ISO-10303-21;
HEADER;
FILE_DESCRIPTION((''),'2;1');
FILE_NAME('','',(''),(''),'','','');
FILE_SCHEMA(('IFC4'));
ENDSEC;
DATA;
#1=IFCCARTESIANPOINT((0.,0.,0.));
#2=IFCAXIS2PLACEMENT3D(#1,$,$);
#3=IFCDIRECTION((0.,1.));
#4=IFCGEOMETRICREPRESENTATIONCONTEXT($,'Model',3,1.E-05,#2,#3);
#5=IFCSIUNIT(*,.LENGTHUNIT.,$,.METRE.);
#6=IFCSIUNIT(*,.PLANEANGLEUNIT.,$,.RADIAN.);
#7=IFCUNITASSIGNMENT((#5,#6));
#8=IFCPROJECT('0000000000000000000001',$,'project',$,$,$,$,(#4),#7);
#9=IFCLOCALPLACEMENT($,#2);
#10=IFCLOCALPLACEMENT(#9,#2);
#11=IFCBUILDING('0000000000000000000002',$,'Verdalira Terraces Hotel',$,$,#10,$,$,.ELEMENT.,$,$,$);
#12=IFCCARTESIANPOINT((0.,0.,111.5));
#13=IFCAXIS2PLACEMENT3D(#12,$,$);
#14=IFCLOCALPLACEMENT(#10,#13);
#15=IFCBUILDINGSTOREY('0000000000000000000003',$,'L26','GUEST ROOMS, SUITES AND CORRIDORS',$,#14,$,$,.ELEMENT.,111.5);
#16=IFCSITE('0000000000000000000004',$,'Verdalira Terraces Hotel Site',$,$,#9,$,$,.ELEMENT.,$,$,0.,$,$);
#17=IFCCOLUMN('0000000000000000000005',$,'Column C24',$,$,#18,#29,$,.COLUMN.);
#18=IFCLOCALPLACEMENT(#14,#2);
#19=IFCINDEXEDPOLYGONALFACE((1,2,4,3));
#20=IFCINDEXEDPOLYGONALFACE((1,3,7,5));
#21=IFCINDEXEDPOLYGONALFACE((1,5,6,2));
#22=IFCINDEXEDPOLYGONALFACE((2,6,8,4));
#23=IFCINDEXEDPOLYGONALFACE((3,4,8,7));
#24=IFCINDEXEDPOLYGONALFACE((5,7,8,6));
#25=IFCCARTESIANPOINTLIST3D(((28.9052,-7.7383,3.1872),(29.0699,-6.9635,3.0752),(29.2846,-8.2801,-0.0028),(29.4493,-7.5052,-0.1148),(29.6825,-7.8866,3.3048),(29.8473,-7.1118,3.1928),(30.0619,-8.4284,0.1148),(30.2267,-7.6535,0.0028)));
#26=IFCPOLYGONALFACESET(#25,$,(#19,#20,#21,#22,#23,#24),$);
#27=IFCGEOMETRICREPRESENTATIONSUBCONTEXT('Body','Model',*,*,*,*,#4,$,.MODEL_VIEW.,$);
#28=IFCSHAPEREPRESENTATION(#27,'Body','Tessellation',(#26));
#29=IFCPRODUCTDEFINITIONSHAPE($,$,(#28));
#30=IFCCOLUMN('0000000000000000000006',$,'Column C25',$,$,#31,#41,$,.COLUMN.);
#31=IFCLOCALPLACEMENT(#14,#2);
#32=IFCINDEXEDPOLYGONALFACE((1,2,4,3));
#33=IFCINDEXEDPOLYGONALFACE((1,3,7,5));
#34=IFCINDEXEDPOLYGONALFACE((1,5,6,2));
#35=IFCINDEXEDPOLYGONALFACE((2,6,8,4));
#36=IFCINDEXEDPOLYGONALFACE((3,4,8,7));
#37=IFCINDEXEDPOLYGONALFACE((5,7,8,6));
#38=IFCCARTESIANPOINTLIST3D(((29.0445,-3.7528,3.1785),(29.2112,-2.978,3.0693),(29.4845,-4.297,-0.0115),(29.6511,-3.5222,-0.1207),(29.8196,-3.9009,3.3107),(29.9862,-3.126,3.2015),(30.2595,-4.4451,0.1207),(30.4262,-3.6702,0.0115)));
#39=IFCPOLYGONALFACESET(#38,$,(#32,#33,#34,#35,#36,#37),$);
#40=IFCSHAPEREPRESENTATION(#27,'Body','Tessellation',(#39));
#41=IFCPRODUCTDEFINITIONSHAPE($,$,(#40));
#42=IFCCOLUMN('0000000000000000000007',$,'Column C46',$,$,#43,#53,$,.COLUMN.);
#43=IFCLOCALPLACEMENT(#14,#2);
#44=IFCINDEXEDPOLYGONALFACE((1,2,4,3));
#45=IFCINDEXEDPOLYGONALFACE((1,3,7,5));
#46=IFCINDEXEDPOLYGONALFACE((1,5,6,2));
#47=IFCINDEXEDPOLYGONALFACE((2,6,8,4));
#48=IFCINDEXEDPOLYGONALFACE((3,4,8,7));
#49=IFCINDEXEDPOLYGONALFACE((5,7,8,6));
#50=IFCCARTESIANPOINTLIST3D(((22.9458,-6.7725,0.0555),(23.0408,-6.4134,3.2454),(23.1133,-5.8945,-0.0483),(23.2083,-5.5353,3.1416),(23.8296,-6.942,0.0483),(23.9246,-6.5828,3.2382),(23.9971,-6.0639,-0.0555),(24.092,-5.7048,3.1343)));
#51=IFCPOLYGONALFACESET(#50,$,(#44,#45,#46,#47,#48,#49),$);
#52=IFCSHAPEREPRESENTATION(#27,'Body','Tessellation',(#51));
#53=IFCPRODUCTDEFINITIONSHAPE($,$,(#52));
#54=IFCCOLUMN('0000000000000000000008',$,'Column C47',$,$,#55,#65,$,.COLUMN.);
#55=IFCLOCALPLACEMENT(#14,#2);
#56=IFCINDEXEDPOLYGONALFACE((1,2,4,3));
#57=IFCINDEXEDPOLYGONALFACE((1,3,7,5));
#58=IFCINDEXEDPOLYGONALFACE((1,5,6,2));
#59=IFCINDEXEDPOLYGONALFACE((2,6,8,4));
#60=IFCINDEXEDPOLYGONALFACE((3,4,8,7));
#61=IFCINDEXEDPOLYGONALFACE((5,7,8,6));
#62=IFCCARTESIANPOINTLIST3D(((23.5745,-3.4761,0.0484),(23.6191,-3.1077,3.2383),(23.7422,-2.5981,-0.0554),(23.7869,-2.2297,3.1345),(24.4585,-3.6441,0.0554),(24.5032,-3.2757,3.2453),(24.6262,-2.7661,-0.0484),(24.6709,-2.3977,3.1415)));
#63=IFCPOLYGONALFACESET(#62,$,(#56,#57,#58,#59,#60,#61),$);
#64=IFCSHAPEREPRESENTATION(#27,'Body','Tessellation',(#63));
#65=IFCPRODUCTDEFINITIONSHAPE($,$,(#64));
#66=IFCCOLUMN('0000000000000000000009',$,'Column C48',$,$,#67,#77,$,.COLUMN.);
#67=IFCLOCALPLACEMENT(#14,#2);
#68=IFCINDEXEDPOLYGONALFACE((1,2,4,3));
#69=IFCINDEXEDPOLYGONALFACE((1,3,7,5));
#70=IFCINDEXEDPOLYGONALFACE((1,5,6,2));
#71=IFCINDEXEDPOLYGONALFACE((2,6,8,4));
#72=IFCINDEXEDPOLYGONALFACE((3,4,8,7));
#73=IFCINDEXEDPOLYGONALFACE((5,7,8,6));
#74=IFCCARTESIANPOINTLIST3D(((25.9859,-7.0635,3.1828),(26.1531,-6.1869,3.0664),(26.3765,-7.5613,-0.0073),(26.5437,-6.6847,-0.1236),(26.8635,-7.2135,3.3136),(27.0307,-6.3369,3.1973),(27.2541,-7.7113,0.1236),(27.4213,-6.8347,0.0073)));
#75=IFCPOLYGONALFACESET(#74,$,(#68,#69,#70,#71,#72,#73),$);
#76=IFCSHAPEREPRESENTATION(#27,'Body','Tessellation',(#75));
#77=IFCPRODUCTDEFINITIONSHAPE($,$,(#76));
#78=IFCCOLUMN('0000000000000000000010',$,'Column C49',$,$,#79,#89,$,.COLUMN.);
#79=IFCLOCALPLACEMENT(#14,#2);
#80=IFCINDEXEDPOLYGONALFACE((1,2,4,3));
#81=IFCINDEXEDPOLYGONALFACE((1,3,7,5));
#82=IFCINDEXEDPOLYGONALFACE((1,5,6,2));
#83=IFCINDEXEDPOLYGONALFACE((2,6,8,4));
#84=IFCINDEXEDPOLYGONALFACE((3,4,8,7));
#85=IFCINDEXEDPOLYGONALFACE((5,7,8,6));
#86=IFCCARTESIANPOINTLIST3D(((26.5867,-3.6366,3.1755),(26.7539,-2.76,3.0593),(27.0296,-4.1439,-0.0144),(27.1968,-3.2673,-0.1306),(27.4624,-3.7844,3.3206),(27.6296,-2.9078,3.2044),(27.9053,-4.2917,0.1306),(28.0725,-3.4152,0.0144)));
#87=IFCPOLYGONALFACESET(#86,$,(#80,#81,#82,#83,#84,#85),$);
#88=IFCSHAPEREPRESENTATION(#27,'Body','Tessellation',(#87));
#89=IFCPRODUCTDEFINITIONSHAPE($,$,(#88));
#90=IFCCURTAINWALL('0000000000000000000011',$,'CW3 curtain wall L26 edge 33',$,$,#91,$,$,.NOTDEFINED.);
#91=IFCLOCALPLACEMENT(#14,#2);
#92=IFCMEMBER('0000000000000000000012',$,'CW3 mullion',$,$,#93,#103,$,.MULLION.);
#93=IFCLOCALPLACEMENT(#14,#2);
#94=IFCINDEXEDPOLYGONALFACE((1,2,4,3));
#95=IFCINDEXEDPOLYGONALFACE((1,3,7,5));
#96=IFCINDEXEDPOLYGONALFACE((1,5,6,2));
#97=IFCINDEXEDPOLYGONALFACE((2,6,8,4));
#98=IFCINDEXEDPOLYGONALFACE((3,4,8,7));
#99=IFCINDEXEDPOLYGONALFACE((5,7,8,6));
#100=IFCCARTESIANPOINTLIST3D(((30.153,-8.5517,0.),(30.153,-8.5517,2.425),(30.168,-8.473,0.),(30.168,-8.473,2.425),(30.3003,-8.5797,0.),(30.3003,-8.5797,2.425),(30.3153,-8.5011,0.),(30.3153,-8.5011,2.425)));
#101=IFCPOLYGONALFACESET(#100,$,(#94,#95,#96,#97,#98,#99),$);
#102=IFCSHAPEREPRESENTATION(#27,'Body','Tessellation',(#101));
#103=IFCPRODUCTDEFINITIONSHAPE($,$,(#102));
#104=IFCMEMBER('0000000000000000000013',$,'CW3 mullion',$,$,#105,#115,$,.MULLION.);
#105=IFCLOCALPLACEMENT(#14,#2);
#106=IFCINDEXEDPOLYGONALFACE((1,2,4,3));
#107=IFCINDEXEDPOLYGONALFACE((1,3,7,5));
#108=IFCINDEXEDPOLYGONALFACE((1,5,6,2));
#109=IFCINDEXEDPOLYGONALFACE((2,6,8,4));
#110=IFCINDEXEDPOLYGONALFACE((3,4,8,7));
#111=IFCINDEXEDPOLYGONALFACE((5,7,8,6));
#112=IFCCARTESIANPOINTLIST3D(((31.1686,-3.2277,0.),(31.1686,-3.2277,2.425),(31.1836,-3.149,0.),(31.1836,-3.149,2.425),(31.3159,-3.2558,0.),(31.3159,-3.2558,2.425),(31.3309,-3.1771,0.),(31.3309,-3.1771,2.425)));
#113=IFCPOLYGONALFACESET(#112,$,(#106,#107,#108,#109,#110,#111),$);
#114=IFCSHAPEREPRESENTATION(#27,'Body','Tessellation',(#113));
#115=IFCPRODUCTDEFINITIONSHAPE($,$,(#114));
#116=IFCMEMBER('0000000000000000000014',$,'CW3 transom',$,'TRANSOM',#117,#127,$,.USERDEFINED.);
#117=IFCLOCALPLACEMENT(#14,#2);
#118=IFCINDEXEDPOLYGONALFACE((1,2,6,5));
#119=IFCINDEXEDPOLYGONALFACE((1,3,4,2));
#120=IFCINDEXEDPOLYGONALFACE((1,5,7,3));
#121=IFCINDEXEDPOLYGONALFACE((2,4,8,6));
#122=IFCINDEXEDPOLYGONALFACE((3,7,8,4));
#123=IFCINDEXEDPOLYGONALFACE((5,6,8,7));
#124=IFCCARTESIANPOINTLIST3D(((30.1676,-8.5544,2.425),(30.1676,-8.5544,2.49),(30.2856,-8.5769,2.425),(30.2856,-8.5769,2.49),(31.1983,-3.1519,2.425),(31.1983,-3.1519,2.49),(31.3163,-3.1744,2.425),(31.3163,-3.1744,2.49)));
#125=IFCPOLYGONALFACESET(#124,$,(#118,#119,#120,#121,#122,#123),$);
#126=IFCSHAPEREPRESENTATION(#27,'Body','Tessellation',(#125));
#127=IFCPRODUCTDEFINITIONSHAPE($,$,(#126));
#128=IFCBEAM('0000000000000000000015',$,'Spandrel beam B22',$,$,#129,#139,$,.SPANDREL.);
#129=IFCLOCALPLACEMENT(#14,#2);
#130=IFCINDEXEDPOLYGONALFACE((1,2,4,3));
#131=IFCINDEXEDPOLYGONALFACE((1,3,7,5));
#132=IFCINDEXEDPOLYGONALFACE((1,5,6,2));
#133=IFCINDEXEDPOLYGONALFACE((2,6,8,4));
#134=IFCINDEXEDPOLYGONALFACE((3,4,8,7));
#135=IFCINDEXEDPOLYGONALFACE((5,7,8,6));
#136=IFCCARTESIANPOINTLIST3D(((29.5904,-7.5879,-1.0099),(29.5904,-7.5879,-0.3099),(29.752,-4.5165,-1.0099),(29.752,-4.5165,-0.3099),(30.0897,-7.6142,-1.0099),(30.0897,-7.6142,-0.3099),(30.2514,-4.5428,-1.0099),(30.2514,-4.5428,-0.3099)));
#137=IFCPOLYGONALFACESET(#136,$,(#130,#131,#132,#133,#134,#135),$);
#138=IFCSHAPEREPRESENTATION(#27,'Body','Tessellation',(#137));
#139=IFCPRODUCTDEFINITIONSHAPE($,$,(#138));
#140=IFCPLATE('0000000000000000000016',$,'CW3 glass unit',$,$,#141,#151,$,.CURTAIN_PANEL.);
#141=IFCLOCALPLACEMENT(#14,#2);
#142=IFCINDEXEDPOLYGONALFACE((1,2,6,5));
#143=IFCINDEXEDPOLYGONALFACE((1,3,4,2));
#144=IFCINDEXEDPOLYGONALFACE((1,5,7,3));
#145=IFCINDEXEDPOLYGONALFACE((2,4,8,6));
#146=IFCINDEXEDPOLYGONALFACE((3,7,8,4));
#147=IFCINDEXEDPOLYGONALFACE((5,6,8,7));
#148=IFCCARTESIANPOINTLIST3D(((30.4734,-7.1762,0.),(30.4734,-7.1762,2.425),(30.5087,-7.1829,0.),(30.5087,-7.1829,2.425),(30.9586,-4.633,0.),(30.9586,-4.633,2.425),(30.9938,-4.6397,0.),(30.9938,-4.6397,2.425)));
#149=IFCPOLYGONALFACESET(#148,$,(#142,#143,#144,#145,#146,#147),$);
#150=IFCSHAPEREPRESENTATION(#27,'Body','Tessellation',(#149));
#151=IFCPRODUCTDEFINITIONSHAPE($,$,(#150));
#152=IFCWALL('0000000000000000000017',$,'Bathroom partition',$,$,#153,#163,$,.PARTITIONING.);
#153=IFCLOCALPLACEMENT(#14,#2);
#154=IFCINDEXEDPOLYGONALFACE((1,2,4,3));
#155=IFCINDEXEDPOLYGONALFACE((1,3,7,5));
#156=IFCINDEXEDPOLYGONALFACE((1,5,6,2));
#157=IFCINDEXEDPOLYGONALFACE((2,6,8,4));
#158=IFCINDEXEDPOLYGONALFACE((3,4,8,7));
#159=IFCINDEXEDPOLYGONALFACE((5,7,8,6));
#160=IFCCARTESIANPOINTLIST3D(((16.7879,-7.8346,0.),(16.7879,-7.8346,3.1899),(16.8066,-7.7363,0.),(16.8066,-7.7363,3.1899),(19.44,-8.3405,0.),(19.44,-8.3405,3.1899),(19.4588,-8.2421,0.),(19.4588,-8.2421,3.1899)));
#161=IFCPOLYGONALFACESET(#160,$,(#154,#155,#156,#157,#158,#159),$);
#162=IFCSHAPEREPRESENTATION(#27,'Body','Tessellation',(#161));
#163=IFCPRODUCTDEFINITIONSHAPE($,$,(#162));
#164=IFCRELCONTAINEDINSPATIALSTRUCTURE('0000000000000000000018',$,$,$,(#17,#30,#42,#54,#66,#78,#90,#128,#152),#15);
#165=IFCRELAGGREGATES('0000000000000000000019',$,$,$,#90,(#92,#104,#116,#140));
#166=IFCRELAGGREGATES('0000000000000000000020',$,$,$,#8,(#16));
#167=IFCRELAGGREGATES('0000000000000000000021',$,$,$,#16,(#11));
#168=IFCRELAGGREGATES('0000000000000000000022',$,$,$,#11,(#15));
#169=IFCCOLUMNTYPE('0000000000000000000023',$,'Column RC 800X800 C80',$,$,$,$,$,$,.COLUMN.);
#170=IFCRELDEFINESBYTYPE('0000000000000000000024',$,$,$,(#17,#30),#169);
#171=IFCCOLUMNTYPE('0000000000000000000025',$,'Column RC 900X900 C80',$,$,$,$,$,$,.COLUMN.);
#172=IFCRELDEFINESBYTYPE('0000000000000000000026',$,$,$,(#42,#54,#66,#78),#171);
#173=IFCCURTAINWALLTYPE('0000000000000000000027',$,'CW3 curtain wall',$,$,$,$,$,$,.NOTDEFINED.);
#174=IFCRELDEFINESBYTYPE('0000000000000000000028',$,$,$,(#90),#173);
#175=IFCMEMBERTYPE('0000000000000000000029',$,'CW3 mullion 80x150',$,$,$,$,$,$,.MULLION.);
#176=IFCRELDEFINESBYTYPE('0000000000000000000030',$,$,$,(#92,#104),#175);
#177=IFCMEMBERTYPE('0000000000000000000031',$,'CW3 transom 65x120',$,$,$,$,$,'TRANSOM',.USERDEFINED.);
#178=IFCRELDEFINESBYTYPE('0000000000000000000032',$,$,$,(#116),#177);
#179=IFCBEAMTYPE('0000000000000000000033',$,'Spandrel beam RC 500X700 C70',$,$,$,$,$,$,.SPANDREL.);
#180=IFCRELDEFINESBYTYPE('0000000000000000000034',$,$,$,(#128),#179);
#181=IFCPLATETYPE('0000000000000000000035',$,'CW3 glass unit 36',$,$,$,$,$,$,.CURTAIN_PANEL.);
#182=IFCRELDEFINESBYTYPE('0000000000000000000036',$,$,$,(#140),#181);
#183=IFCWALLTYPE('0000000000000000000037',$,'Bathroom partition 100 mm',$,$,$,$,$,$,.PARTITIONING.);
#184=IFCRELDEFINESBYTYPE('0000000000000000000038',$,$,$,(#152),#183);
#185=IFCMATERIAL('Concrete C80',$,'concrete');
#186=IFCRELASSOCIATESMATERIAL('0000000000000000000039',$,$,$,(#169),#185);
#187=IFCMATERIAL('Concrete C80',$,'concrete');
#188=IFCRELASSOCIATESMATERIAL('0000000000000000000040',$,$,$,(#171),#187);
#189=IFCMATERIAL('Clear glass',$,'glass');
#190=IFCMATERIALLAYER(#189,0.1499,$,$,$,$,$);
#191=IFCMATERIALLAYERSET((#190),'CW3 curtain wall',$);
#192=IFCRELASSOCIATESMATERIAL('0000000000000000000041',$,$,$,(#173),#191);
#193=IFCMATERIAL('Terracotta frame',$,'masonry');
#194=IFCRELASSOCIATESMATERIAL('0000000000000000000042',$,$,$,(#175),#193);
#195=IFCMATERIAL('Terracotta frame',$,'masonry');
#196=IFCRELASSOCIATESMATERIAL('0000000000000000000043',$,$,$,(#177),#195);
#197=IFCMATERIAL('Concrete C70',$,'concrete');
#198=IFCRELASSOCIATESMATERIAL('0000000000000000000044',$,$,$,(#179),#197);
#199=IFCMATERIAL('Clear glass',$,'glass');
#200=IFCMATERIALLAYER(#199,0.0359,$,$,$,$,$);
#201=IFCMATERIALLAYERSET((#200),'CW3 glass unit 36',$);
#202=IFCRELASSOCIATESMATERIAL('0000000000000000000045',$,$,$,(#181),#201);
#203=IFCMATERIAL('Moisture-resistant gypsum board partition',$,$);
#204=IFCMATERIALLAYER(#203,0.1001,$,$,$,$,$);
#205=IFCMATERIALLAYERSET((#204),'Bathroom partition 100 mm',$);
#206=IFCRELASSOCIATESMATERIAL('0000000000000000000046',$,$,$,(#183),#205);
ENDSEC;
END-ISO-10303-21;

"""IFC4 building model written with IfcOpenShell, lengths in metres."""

from ifc_helpers import new_model, si_unit, direction, frame, frame_2d, origin, origin_2d, place, context, subcontext, project, spatial, rectangle, extrude, material, layer, layer_set, material_profile, profile_set, type_object, element, aggregate, save


model = new_model("IFC4")

# Units and contexts
model_context = context("Model", 3, precision=1e-05, world=origin(), true_north=direction((0.0, 1.0)))
body_context = subcontext(model_context, "Body", "Model", "MODEL_VIEW")
ifc_project = project(units=[si_unit("LENGTHUNIT", "METRE"), si_unit("PLANEANGLEUNIT", "RADIAN")], contexts=[model_context])

# Site, building, storey
site_placement = place(None, origin())
site = spatial("IfcSite", under=ifc_project, at=site_placement, Name="Verdalira Terraces Hotel Site", CompositionType="ELEMENT", RefElevation=0.0)
building_placement = place(site_placement, origin())
building = spatial("IfcBuilding", under=site, at=building_placement, Name="Verdalira Terraces Hotel", CompositionType="ELEMENT")
storey_placement = place(building_placement, frame((0.0, 0.0, 111.5)))
storey = spatial("IfcBuildingStorey", under=building, at=storey_placement, Name="L26", Description="GUEST ROOMS, SUITES AND CORRIDORS", CompositionType="ELEMENT", Elevation=111.5)

# Columns
ifc_material_1 = material(Name="Concrete C80", Category="concrete")
ifc_material_profile_1 = material_profile(ifc_material_1, rectangle(XDim=0.8, YDim=0.8, at=origin_2d()), Name="RC 800X800")
ifc_profile_set_1 = profile_set([ifc_material_profile_1], Name="Concrete C80")
column_type_1 = type_object("IfcColumnType", Name="Column RC 800X800 C80", PredefinedType="COLUMN", material=ifc_profile_set_1)
column_1_placement = place(storey_placement, frame((29.7556, -7.9668, 0.0), z_axis=(-0.116458, 0.166293, 0.979175), x_axis=(0.205923, 0.968503, -0.13999)))
element("IfcColumn", 1, at=column_1_placement, inside=storey, type_object=column_type_1, Name="Column C24", PredefinedType="COLUMN", context=body_context, shape_type="SweptSolid", body=[
    extrude(rectangle(XDim=0.8, YDim=0.8, at=origin_2d()), origin(), (0.0, 0.0, 1.0), 3.2578),
])
column_2_placement = place(storey_placement, frame((29.9553, -3.9836, 0.0), z_axis=(-0.134712, 0.166633, 0.976773), x_axis=(0.20828, 0.968498, -0.136496)))
element("IfcColumn", 2, at=column_2_placement, inside=storey, type_object=column_type_1, Name="Column C25", PredefinedType="COLUMN", context=body_context, shape_type="SweptSolid", body=[
    extrude(rectangle(XDim=0.8, YDim=0.8, at=origin_2d()), origin(), (0.0, 0.0, 1.0), 3.2659),
])
ifc_material_2 = material(Name="Concrete C80", Category="concrete")
ifc_material_profile_2 = material_profile(ifc_material_2, rectangle(XDim=0.8999, YDim=0.8999, at=origin_2d()), Name="RC 900X900")
ifc_profile_set_2 = profile_set([ifc_material_profile_2], Name="Concrete C80")
column_type_2 = type_object("IfcColumnType", Name="Column RC 900X900 C80", PredefinedType="COLUMN", material=ifc_profile_set_2)
for number, where, z_axis, x_axis, name in (
    (3, (23.4714, -6.4182, 0.0), (0.029572, 0.111827, 0.993288), (0.982083, -0.188276, -0.008042), "Column C46"),
    (4, (24.1003, -3.1211, 0.0), (0.013912, 0.114717, 0.993301), (0.982377, -0.186747, 0.007809), "Column C47"),
):
    element("IfcColumn", number, at=place(storey_placement, frame(where, z_axis=z_axis, x_axis=x_axis)), inside=storey, type_object=column_type_2, Name=name, PredefinedType="COLUMN", context=body_context, shape_type="SweptSolid", body=[
        extrude(rectangle(XDim=0.8999, YDim=0.8999, at=origin_2d()), origin(), (0.0, 0.0, 1.0), 3.2114),
    ])
column_3_placement = place(storey_placement, frame((26.8989, -7.198, 0.0), z_axis=(-0.120115, 0.153071, 0.980888), x_axis=(0.975225, -0.166691, 0.145434)))
element("IfcColumn", 5, at=column_3_placement, inside=storey, type_object=column_type_2, Name="Column C48", PredefinedType="COLUMN", context=body_context, shape_type="SweptSolid", body=[
    extrude(rectangle(XDim=0.8999, YDim=0.8999, at=origin_2d()), origin(), (0.0, 0.0, 1.0), 3.2522),
])
column_4_placement = place(storey_placement, frame((27.551, -3.7795, 0.0), z_axis=(-0.13584, 0.155609, 0.978434), x_axis=(0.973151, -0.164261, 0.16123)))
element("IfcColumn", 6, at=column_4_placement, inside=storey, type_object=column_type_2, Name="Column C49", PredefinedType="COLUMN", context=body_context, shape_type="SweptSolid", body=[
    extrude(rectangle(XDim=0.8999, YDim=0.8999, at=origin_2d()), origin(), (0.0, 0.0, 1.0), 3.2603),
])

# Curtain wall, members
ifc_material_3 = material(Name="Clear glass", Category="glass")
ifc_layer_1 = layer(ifc_material_3, 0.1499)
ifc_layer_set_1 = layer_set([ifc_layer_1], Name="CW3 curtain wall")
curtain_wall_type = type_object("IfcCurtainWallType", Name="CW3 curtain wall", PredefinedType="NOTDEFINED", material=ifc_layer_set_1)
curtain_wall_placement = place(storey_placement, origin())
curtain_wall = element("IfcCurtainWall", 7, at=curtain_wall_placement, inside=storey, type_object=curtain_wall_type, Name="CW3 curtain wall L26 edge 33", PredefinedType="NOTDEFINED")
ifc_material_4 = material(Name="Terracotta frame", Category="masonry")
ifc_material_profile_3 = material_profile(ifc_material_4, rectangle(XDim=0.0801, YDim=0.1499, at=origin_2d()), Name="MU 80x150")
ifc_profile_set_3 = profile_set([ifc_material_profile_3], Name="Terracotta frame")
member_type_1 = type_object("IfcMemberType", Name="CW3 mullion 80x150", PredefinedType="MULLION", material=ifc_profile_set_3)
member_1_placement = place(storey_placement, frame((30.2341, -8.5264, 0.0), z_axis=(0.0, 0.0, 1.0), x_axis=(0.187381, 0.982287, 0.0)))
member_1 = element("IfcMember", 8, at=member_1_placement, type_object=member_type_1, Name="CW3 mullion", PredefinedType="MULLION", context=body_context, shape_type="SweptSolid", body=[
    extrude(rectangle(XDim=0.0801, YDim=0.1499, at=origin_2d()), origin(), (0.0, 0.0, 1.0), 2.425),
])
member_2_placement = place(storey_placement, frame((31.2498, -3.2024, 0.0), z_axis=(0.0, 0.0, 1.0), x_axis=(0.187381, 0.982287, 0.0)))
member_2 = element("IfcMember", 9, at=member_2_placement, type_object=member_type_1, Name="CW3 mullion", PredefinedType="MULLION", context=body_context, shape_type="SweptSolid", body=[
    extrude(rectangle(XDim=0.0801, YDim=0.1499, at=origin_2d()), origin(), (0.0, 0.0, 1.0), 2.425),
])
ifc_material_5 = material(Name="Terracotta frame", Category="masonry")
ifc_material_profile_4 = material_profile(ifc_material_5, rectangle(XDim=0.1201, YDim=0.0649, at=origin_2d()), Name="TR 65x120")
ifc_profile_set_4 = profile_set([ifc_material_profile_4], Name="Terracotta frame")
member_type_2 = type_object("IfcMemberType", Name="CW3 transom 65x120", ElementType="TRANSOM", PredefinedType="USERDEFINED", material=ifc_profile_set_4)
member_3_placement = place(storey_placement, frame((30.2266, -8.5657, 2.4575), z_axis=(0.18741, 0.982282, 0.0), x_axis=(-0.982282, 0.18741, 0.0)))
member_3 = element("IfcMember", 10, at=member_3_placement, type_object=member_type_2, Name="CW3 transom", ObjectType="TRANSOM", PredefinedType="USERDEFINED", context=body_context, shape_type="SweptSolid", body=[
    extrude(rectangle(XDim=0.1201, YDim=0.0649, at=origin_2d()), origin(), (0.0, 0.0, 1.0), 5.5),
])

# Beam
ifc_material_6 = material(Name="Concrete C70", Category="concrete")
ifc_material_profile_5 = material_profile(ifc_material_6, rectangle(XDim=0.5, YDim=0.7, at=origin_2d()), Name="RC 500X700")
ifc_profile_set_5 = profile_set([ifc_material_profile_5], Name="Concrete C70")
beam_type = type_object("IfcBeamType", Name="Spandrel beam RC 500X700 C70", PredefinedType="SPANDREL", material=ifc_profile_set_5)
beam_placement = place(storey_placement, frame((29.8401, -7.6011, -0.6599), z_axis=(0.052546, 0.998618, 0.0), x_axis=(-0.998618, 0.052546, 0.0)))
element("IfcBeam", 11, at=beam_placement, inside=storey, type_object=beam_type, Name="Spandrel beam B22", PredefinedType="SPANDREL", context=body_context, shape_type="SweptSolid", body=[
    extrude(rectangle(XDim=0.5, YDim=0.7, at=origin_2d()), origin(), (0.0, 0.0, 1.0), 3.0757),
])

# Plate
ifc_material_7 = material(Name="Clear glass", Category="glass")
ifc_layer_2 = layer(ifc_material_7, 0.0359)
ifc_layer_set_2 = layer_set([ifc_layer_2], Name="CW3 glass unit 36")
plate_type = type_object("IfcPlateType", Name="CW3 glass unit 36", PredefinedType="CURTAIN_PANEL", material=ifc_layer_set_2)
plate_placement = place(storey_placement, frame((30.7336, -5.908, 0.0), z_axis=(0.0, 0.0, 1.0), x_axis=(0.187381, 0.982287, 0.0)))
plate = element("IfcPlate", 12, at=plate_placement, type_object=plate_type, Name="CW3 glass unit", PredefinedType="CURTAIN_PANEL", context=body_context, shape_type="SweptSolid", body=[
    extrude(rectangle(XDim=2.5891, YDim=0.0359, at=origin_2d()), origin(), (0.0, 0.0, 1.0), 2.425),
])
aggregate(curtain_wall, [member_1, member_2, member_3, plate])

# Wall
ifc_material_8 = material(Name="Moisture-resistant gypsum board partition")
ifc_layer_3 = layer(ifc_material_8, 0.1001)
ifc_layer_set_3 = layer_set([ifc_layer_3], Name="Bathroom partition 100 mm")
wall_type_1 = type_object("IfcWallType", Name="Bathroom partition 100 mm", PredefinedType="PARTITIONING", material=ifc_layer_set_3)
wall_1_placement = place(storey_placement, frame((16.7971, -7.7854, 0.0), z_axis=(0.0, 0.0, 1.0), x_axis=(0.982291, -0.187361, 0.0)))
element("IfcWall", 13, at=wall_1_placement, inside=storey, type_object=wall_type_1, Name="Bathroom partition", PredefinedType="PARTITIONING", context=body_context, shape_type="SweptSolid", body=[
    extrude(rectangle(XDim=2.7, YDim=0.1001, at=frame_2d((1.3501, 0.0))), origin(), (0.0, 0.0, 1.0), 3.1899),
])

save(model, "model.ifc")
